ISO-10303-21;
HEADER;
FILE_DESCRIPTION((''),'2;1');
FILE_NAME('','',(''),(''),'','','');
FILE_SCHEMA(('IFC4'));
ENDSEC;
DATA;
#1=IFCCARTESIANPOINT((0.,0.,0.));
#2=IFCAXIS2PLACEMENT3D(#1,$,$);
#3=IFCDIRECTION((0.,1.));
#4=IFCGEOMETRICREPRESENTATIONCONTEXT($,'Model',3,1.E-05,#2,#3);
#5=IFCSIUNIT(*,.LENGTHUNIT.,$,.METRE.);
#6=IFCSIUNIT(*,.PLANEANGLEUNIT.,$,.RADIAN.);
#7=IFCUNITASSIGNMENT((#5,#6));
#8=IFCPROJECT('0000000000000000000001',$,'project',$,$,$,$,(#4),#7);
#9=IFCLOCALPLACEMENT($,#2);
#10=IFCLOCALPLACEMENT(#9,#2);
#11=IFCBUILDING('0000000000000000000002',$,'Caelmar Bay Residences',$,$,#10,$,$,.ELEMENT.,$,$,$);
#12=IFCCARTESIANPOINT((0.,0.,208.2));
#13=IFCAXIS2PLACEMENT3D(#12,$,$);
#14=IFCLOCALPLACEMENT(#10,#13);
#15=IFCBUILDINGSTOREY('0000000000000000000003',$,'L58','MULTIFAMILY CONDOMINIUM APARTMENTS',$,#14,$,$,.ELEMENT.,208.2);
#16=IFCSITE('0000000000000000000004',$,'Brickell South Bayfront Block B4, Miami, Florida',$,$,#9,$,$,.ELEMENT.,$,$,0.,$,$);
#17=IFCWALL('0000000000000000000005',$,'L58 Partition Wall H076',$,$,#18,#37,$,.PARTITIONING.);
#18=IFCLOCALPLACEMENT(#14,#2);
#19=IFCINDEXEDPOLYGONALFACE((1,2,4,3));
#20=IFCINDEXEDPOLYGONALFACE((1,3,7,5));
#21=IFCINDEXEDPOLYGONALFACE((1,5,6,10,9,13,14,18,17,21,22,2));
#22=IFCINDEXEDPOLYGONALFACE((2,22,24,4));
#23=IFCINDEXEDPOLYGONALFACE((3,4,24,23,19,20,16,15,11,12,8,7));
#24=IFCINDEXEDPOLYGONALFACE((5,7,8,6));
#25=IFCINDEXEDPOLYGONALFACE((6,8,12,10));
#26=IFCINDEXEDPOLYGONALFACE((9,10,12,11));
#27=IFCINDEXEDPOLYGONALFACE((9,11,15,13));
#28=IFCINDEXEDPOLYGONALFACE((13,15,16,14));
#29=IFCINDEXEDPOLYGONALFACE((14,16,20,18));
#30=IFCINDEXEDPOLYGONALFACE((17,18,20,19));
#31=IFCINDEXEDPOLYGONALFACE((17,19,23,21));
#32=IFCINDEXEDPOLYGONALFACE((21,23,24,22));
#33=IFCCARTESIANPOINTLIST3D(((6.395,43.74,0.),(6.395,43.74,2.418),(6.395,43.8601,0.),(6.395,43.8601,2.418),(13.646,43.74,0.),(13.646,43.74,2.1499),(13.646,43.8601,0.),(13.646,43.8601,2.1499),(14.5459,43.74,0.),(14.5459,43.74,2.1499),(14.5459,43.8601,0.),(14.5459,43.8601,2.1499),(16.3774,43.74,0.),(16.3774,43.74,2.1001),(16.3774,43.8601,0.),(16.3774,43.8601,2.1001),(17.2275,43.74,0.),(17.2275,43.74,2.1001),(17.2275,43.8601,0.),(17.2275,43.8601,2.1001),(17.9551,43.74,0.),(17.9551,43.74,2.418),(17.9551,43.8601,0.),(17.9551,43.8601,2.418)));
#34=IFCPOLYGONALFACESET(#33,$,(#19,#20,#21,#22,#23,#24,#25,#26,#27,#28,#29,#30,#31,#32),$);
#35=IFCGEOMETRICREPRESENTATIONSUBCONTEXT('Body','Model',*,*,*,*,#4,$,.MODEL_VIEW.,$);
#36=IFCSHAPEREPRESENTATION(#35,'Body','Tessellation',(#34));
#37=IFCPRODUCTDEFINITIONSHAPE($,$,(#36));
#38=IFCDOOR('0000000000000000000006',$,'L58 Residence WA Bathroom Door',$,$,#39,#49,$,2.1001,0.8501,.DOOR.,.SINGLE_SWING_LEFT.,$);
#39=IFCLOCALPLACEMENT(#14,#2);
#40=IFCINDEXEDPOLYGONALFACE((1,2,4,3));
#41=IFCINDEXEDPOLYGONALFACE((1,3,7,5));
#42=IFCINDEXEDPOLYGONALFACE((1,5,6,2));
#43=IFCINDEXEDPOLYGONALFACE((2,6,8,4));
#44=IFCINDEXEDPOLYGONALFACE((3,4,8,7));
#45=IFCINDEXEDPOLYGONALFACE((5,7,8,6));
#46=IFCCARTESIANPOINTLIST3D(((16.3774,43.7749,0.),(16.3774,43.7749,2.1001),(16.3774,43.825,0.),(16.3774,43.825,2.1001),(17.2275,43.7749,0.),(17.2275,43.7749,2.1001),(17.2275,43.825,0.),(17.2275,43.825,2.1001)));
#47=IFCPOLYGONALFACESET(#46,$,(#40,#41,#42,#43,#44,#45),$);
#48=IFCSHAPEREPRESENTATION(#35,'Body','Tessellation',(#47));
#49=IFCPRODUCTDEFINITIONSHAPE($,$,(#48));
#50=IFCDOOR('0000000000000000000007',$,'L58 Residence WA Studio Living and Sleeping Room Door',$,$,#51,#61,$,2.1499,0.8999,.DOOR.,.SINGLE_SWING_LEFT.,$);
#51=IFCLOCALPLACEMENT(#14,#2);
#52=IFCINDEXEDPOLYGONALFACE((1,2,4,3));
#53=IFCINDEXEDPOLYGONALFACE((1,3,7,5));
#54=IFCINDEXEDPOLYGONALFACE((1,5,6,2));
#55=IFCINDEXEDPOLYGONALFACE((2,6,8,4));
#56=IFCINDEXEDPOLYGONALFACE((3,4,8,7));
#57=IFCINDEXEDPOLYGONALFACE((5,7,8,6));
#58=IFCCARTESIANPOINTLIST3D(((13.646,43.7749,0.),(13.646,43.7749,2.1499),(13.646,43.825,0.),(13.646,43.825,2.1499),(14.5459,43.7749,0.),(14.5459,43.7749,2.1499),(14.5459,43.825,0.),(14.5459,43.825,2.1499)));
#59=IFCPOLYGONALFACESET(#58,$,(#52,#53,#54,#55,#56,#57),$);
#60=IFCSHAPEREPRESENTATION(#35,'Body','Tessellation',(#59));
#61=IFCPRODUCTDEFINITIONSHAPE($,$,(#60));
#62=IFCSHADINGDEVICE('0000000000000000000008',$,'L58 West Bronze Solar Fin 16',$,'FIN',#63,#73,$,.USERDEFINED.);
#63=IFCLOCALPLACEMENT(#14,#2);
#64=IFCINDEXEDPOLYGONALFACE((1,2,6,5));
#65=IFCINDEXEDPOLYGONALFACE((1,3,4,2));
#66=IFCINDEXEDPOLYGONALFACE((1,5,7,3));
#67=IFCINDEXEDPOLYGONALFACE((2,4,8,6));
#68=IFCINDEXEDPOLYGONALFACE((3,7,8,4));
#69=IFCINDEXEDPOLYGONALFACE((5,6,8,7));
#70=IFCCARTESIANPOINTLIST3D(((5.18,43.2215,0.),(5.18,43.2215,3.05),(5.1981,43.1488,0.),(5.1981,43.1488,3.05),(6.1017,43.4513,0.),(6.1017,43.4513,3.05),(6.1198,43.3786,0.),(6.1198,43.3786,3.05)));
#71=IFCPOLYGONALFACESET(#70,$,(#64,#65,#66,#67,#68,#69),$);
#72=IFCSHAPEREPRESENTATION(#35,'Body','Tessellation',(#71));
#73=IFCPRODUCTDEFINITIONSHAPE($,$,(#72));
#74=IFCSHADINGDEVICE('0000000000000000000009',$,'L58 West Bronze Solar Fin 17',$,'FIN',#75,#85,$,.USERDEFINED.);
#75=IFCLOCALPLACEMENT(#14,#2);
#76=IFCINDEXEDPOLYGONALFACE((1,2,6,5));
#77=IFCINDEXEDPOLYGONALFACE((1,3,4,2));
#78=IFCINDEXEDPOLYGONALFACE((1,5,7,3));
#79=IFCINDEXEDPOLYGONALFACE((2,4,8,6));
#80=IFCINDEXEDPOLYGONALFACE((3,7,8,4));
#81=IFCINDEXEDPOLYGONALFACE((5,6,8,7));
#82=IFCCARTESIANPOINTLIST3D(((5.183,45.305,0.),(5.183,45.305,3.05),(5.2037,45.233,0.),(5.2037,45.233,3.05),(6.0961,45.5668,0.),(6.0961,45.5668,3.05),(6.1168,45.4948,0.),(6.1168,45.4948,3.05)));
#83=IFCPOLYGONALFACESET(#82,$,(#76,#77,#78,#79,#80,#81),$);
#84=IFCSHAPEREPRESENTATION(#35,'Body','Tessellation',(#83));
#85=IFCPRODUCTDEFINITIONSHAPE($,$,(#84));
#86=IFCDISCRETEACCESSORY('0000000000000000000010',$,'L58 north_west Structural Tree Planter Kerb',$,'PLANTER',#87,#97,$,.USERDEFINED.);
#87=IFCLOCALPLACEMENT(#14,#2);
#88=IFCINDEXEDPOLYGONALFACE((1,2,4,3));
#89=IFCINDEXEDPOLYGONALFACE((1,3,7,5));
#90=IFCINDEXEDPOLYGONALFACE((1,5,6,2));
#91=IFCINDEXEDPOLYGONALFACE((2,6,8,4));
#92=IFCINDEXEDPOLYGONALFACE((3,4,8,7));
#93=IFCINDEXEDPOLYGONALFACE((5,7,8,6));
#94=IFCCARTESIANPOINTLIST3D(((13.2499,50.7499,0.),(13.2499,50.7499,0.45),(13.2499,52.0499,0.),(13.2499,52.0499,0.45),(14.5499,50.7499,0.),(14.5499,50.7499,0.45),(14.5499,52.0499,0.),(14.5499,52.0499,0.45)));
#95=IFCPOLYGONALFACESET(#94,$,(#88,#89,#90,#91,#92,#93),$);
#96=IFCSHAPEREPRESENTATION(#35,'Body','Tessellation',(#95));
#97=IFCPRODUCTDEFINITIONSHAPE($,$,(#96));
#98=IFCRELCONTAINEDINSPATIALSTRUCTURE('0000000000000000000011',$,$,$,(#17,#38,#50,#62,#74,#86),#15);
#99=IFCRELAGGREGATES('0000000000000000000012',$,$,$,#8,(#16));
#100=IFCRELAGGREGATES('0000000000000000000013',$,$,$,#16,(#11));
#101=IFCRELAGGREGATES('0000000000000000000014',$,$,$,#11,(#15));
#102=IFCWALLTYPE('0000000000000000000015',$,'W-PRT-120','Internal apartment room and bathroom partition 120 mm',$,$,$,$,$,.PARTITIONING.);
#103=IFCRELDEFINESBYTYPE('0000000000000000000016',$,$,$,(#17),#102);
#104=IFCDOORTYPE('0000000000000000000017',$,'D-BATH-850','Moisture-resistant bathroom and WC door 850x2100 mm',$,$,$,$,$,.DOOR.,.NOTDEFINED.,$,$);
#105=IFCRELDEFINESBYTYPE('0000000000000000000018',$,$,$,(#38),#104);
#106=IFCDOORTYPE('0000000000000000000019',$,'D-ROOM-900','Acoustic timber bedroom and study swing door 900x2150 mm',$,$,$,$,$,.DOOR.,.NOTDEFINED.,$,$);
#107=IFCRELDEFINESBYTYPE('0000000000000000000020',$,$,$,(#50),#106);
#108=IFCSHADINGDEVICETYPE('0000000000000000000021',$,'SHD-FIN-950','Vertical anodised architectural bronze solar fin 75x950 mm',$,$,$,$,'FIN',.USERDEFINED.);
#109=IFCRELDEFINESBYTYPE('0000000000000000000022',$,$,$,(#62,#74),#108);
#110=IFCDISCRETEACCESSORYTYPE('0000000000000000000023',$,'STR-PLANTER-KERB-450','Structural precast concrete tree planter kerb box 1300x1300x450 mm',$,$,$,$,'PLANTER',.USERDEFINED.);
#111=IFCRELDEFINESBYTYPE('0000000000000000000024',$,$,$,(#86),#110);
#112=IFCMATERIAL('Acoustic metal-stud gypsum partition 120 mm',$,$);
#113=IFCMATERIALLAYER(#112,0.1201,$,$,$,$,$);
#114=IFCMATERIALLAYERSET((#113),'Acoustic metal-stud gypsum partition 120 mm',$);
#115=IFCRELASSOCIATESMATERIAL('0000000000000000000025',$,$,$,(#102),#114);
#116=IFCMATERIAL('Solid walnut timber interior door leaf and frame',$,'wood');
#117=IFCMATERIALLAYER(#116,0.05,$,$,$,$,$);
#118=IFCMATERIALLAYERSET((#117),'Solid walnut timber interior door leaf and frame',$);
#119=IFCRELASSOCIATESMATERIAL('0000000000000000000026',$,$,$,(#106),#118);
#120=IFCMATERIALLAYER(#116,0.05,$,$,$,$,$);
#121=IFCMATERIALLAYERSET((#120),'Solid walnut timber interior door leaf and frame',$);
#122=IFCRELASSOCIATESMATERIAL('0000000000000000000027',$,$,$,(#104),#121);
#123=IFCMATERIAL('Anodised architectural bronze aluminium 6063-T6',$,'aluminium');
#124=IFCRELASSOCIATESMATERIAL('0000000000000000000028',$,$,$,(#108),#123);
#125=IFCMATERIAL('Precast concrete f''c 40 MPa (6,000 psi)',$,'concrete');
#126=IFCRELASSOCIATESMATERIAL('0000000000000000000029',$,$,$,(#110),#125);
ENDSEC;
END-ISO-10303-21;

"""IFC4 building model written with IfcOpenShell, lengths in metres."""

from ifc_helpers import new_model, si_unit, direction, frame, frame_2d, origin, origin_2d, place, context, subcontext, project, spatial, rectangle, extrude, material, layer, layer_set, material_profile, profile_set, type_object, element, fill, save


model = new_model("IFC4")

# Units and contexts
model_context = context("Model", 3, precision=1e-05, world=origin(), true_north=direction((0.0, 1.0)))
body_context = subcontext(model_context, "Body", "Model", "MODEL_VIEW")
ifc_project = project(units=[si_unit("LENGTHUNIT", "METRE"), si_unit("PLANEANGLEUNIT", "RADIAN")], contexts=[model_context])

# Site, building, storey
site_placement = place(None, origin())
site = spatial("IfcSite", under=ifc_project, at=site_placement, Name="Brickell South Bayfront Block B4, Miami, Florida", CompositionType="ELEMENT", RefElevation=0.0)
building_placement = place(site_placement, origin())
building = spatial("IfcBuilding", under=site, at=building_placement, Name="Caelmar Bay Residences", CompositionType="ELEMENT")
storey_placement = place(building_placement, frame((0.0, 0.0, 208.2)))
storey = spatial("IfcBuildingStorey", under=building, at=storey_placement, Name="L58", Description="MULTIFAMILY CONDOMINIUM APARTMENTS", CompositionType="ELEMENT", Elevation=208.2)

# Shared definitions
ifc_material_1 = material(Name="Precast concrete f'c 40 MPa (6,000 psi)", Category="concrete")

# Shared definitions
ifc_material_2 = material(Name="Acoustic metal-stud gypsum partition 120 mm")
ifc_layer_1 = layer(ifc_material_2, 0.1201)
ifc_layer_set_1 = layer_set([ifc_layer_1], Name="Acoustic metal-stud gypsum partition 120 mm")
wall_type_1 = type_object("IfcWallType", Name="W-PRT-120", Description="Internal apartment room and bathroom partition 120 mm", PredefinedType="PARTITIONING", material=ifc_layer_set_1)
ifc_material_3 = material(Name="Solid walnut timber interior door leaf and frame", Category="wood")
ifc_layer_2 = layer(ifc_material_3, 0.05)
ifc_layer_set_2 = layer_set([ifc_layer_2], Name="Solid walnut timber interior door leaf and frame")
door_type_1 = type_object("IfcDoorType", Name="D-ROOM-900", Description="Acoustic timber bedroom and study swing door 900x2150 mm", OperationType="NOTDEFINED", PredefinedType="DOOR", material=ifc_layer_set_2)

# Wall, openings, doors
wall_1_placement = place(storey_placement, frame((6.395, 43.8, 0.0), z_axis=(0.0, 0.0, 1.0), x_axis=(1.0, 0.0, 0.0)))
wall_1 = element("IfcWall", 1, at=wall_1_placement, inside=storey, type_object=wall_type_1, Name="L58 Partition Wall H076", PredefinedType="PARTITIONING", context=body_context, shape_type="SweptSolid", body=[
    extrude(rectangle(XDim=11.5601, YDim=0.1201, at=frame_2d((5.78, 0.0))), origin(), (0.0, 0.0, 1.0), 2.418),
])
opening_1_placement = place(wall_1_placement, frame((7.251, 0.0, 0.0)))
opening_1 = element("IfcOpeningElement", 2, at=opening_1_placement, cuts=wall_1, PredefinedType="OPENING", context=body_context, shape_type="SweptSolid", body=[
    extrude(rectangle(XDim=0.8999, YDim=2.1499, at=frame_2d((0.45, 1.075))), frame((0.0, 0.0701, 0.0), z_axis=(0.0, -1.0, 0.0), x_axis=(1.0, 0.0, 0.0)), (0.0, 0.0, 1.0), 0.1401),
])
opening_2_placement = place(wall_1_placement, frame((9.9824, 0.0, 0.0)))
opening_2 = element("IfcOpeningElement", 3, at=opening_2_placement, cuts=wall_1, PredefinedType="OPENING", context=body_context, shape_type="SweptSolid", body=[
    extrude(rectangle(XDim=0.8501, YDim=2.1001, at=frame_2d((0.425, 1.05))), frame((0.0, 0.0701, 0.0), z_axis=(0.0, -1.0, 0.0), x_axis=(1.0, 0.0, 0.0)), (0.0, 0.0, 1.0), 0.1401),
])
ifc_layer_3 = layer(ifc_material_3, 0.05)
ifc_layer_set_3 = layer_set([ifc_layer_3], Name="Solid walnut timber interior door leaf and frame")
door_type_2 = type_object("IfcDoorType", Name="D-BATH-850", Description="Moisture-resistant bathroom and WC door 850x2100 mm", OperationType="NOTDEFINED", PredefinedType="DOOR", material=ifc_layer_set_3)
door_1_placement = place(opening_2_placement, origin())
door_1 = element("IfcDoor", 4, at=door_1_placement, inside=storey, type_object=door_type_2, Name="L58 Residence WA Bathroom Door", OperationType="SINGLE_SWING_LEFT", OverallHeight=2.1001, OverallWidth=0.8501, PredefinedType="DOOR", context=body_context, shape_type="SweptSolid", body=[
    extrude(rectangle(XDim=0.8501, YDim=2.1001, at=frame_2d((0.425, 1.05))), frame((0.0, 0.0249, 0.0), z_axis=(0.0, -1.0, 0.0), x_axis=(1.0, 0.0, 0.0)), (0.0, 0.0, 1.0), 0.05),
])
fill(opening_2, door_1)
door_2_placement = place(opening_1_placement, origin())
door_2 = element("IfcDoor", 5, at=door_2_placement, inside=storey, type_object=door_type_1, Name="L58 Residence WA Studio Living and Sleeping Room Door", OperationType="SINGLE_SWING_LEFT", OverallHeight=2.1499, OverallWidth=0.8999, PredefinedType="DOOR", context=body_context, shape_type="SweptSolid", body=[
    extrude(rectangle(XDim=0.8999, YDim=2.1499, at=frame_2d((0.45, 1.075))), frame((0.0, 0.0249, 0.0), z_axis=(0.0, -1.0, 0.0), x_axis=(1.0, 0.0, 0.0)), (0.0, 0.0, 1.0), 0.05),
])
fill(opening_1, door_2)

# Shading devices
ifc_material_4 = material(Name="Anodised architectural bronze aluminium 6063-T6", Category="aluminium")
ifc_material_profile_1 = material_profile(ifc_material_4, rectangle(XDim=0.075, YDim=0.95, at=origin_2d()), Name="BRONZE-FIN-75X950")
ifc_profile_set_1 = profile_set([ifc_material_profile_1], Name="Anodised architectural bronze aluminium 6063-T6")
shading_device_type = type_object("IfcShadingDeviceType", Name="SHD-FIN-950", Description="Vertical anodised architectural bronze solar fin 75x950 mm", ElementType="FIN", PredefinedType="USERDEFINED", material=ifc_profile_set_1)
for number, where, z_axis, x_axis, name in (
    (6, (5.6499, 43.3, 0.0), (0.0, 0.0, 1.0), (-0.241922, 0.970296, 0.0), "L58 West Bronze Solar Fin 16"),
    (7, (5.6499, 45.3999, 0.0), (0.0, 0.0, 1.0), (-0.275637, 0.961262, 0.0), "L58 West Bronze Solar Fin 17"),
):
    element("IfcShadingDevice", number, at=place(storey_placement, frame(where, z_axis=z_axis, x_axis=x_axis)), inside=storey, type_object=shading_device_type, Name=name, ObjectType="FIN", PredefinedType="USERDEFINED", context=body_context, shape_type="SweptSolid", body=[
        extrude(rectangle(XDim=0.075, YDim=0.95, at=origin_2d()), origin(), (0.0, 0.0, 1.0), 3.05),
    ])

# Discrete accessory
discrete_accessory_type = type_object("IfcDiscreteAccessoryType", Name="STR-PLANTER-KERB-450", Description="Structural precast concrete tree planter kerb box 1300x1300x450 mm", ElementType="PLANTER", PredefinedType="USERDEFINED", material=ifc_material_1)
discrete_accessory_placement = place(storey_placement, frame((13.8999, 51.3999, 0.0), z_axis=(0.0, 0.0, 1.0), x_axis=(1.0, 0.0, 0.0)))
element("IfcDiscreteAccessory", 8, at=discrete_accessory_placement, inside=storey, type_object=discrete_accessory_type, Name="L58 north_west Structural Tree Planter Kerb", ObjectType="PLANTER", PredefinedType="USERDEFINED", context=body_context, shape_type="SweptSolid", body=[
    extrude(rectangle(XDim=1.3, YDim=1.3, at=origin_2d()), origin(), (0.0, 0.0, 1.0), 0.45),
])

save(model, "model.ifc")
